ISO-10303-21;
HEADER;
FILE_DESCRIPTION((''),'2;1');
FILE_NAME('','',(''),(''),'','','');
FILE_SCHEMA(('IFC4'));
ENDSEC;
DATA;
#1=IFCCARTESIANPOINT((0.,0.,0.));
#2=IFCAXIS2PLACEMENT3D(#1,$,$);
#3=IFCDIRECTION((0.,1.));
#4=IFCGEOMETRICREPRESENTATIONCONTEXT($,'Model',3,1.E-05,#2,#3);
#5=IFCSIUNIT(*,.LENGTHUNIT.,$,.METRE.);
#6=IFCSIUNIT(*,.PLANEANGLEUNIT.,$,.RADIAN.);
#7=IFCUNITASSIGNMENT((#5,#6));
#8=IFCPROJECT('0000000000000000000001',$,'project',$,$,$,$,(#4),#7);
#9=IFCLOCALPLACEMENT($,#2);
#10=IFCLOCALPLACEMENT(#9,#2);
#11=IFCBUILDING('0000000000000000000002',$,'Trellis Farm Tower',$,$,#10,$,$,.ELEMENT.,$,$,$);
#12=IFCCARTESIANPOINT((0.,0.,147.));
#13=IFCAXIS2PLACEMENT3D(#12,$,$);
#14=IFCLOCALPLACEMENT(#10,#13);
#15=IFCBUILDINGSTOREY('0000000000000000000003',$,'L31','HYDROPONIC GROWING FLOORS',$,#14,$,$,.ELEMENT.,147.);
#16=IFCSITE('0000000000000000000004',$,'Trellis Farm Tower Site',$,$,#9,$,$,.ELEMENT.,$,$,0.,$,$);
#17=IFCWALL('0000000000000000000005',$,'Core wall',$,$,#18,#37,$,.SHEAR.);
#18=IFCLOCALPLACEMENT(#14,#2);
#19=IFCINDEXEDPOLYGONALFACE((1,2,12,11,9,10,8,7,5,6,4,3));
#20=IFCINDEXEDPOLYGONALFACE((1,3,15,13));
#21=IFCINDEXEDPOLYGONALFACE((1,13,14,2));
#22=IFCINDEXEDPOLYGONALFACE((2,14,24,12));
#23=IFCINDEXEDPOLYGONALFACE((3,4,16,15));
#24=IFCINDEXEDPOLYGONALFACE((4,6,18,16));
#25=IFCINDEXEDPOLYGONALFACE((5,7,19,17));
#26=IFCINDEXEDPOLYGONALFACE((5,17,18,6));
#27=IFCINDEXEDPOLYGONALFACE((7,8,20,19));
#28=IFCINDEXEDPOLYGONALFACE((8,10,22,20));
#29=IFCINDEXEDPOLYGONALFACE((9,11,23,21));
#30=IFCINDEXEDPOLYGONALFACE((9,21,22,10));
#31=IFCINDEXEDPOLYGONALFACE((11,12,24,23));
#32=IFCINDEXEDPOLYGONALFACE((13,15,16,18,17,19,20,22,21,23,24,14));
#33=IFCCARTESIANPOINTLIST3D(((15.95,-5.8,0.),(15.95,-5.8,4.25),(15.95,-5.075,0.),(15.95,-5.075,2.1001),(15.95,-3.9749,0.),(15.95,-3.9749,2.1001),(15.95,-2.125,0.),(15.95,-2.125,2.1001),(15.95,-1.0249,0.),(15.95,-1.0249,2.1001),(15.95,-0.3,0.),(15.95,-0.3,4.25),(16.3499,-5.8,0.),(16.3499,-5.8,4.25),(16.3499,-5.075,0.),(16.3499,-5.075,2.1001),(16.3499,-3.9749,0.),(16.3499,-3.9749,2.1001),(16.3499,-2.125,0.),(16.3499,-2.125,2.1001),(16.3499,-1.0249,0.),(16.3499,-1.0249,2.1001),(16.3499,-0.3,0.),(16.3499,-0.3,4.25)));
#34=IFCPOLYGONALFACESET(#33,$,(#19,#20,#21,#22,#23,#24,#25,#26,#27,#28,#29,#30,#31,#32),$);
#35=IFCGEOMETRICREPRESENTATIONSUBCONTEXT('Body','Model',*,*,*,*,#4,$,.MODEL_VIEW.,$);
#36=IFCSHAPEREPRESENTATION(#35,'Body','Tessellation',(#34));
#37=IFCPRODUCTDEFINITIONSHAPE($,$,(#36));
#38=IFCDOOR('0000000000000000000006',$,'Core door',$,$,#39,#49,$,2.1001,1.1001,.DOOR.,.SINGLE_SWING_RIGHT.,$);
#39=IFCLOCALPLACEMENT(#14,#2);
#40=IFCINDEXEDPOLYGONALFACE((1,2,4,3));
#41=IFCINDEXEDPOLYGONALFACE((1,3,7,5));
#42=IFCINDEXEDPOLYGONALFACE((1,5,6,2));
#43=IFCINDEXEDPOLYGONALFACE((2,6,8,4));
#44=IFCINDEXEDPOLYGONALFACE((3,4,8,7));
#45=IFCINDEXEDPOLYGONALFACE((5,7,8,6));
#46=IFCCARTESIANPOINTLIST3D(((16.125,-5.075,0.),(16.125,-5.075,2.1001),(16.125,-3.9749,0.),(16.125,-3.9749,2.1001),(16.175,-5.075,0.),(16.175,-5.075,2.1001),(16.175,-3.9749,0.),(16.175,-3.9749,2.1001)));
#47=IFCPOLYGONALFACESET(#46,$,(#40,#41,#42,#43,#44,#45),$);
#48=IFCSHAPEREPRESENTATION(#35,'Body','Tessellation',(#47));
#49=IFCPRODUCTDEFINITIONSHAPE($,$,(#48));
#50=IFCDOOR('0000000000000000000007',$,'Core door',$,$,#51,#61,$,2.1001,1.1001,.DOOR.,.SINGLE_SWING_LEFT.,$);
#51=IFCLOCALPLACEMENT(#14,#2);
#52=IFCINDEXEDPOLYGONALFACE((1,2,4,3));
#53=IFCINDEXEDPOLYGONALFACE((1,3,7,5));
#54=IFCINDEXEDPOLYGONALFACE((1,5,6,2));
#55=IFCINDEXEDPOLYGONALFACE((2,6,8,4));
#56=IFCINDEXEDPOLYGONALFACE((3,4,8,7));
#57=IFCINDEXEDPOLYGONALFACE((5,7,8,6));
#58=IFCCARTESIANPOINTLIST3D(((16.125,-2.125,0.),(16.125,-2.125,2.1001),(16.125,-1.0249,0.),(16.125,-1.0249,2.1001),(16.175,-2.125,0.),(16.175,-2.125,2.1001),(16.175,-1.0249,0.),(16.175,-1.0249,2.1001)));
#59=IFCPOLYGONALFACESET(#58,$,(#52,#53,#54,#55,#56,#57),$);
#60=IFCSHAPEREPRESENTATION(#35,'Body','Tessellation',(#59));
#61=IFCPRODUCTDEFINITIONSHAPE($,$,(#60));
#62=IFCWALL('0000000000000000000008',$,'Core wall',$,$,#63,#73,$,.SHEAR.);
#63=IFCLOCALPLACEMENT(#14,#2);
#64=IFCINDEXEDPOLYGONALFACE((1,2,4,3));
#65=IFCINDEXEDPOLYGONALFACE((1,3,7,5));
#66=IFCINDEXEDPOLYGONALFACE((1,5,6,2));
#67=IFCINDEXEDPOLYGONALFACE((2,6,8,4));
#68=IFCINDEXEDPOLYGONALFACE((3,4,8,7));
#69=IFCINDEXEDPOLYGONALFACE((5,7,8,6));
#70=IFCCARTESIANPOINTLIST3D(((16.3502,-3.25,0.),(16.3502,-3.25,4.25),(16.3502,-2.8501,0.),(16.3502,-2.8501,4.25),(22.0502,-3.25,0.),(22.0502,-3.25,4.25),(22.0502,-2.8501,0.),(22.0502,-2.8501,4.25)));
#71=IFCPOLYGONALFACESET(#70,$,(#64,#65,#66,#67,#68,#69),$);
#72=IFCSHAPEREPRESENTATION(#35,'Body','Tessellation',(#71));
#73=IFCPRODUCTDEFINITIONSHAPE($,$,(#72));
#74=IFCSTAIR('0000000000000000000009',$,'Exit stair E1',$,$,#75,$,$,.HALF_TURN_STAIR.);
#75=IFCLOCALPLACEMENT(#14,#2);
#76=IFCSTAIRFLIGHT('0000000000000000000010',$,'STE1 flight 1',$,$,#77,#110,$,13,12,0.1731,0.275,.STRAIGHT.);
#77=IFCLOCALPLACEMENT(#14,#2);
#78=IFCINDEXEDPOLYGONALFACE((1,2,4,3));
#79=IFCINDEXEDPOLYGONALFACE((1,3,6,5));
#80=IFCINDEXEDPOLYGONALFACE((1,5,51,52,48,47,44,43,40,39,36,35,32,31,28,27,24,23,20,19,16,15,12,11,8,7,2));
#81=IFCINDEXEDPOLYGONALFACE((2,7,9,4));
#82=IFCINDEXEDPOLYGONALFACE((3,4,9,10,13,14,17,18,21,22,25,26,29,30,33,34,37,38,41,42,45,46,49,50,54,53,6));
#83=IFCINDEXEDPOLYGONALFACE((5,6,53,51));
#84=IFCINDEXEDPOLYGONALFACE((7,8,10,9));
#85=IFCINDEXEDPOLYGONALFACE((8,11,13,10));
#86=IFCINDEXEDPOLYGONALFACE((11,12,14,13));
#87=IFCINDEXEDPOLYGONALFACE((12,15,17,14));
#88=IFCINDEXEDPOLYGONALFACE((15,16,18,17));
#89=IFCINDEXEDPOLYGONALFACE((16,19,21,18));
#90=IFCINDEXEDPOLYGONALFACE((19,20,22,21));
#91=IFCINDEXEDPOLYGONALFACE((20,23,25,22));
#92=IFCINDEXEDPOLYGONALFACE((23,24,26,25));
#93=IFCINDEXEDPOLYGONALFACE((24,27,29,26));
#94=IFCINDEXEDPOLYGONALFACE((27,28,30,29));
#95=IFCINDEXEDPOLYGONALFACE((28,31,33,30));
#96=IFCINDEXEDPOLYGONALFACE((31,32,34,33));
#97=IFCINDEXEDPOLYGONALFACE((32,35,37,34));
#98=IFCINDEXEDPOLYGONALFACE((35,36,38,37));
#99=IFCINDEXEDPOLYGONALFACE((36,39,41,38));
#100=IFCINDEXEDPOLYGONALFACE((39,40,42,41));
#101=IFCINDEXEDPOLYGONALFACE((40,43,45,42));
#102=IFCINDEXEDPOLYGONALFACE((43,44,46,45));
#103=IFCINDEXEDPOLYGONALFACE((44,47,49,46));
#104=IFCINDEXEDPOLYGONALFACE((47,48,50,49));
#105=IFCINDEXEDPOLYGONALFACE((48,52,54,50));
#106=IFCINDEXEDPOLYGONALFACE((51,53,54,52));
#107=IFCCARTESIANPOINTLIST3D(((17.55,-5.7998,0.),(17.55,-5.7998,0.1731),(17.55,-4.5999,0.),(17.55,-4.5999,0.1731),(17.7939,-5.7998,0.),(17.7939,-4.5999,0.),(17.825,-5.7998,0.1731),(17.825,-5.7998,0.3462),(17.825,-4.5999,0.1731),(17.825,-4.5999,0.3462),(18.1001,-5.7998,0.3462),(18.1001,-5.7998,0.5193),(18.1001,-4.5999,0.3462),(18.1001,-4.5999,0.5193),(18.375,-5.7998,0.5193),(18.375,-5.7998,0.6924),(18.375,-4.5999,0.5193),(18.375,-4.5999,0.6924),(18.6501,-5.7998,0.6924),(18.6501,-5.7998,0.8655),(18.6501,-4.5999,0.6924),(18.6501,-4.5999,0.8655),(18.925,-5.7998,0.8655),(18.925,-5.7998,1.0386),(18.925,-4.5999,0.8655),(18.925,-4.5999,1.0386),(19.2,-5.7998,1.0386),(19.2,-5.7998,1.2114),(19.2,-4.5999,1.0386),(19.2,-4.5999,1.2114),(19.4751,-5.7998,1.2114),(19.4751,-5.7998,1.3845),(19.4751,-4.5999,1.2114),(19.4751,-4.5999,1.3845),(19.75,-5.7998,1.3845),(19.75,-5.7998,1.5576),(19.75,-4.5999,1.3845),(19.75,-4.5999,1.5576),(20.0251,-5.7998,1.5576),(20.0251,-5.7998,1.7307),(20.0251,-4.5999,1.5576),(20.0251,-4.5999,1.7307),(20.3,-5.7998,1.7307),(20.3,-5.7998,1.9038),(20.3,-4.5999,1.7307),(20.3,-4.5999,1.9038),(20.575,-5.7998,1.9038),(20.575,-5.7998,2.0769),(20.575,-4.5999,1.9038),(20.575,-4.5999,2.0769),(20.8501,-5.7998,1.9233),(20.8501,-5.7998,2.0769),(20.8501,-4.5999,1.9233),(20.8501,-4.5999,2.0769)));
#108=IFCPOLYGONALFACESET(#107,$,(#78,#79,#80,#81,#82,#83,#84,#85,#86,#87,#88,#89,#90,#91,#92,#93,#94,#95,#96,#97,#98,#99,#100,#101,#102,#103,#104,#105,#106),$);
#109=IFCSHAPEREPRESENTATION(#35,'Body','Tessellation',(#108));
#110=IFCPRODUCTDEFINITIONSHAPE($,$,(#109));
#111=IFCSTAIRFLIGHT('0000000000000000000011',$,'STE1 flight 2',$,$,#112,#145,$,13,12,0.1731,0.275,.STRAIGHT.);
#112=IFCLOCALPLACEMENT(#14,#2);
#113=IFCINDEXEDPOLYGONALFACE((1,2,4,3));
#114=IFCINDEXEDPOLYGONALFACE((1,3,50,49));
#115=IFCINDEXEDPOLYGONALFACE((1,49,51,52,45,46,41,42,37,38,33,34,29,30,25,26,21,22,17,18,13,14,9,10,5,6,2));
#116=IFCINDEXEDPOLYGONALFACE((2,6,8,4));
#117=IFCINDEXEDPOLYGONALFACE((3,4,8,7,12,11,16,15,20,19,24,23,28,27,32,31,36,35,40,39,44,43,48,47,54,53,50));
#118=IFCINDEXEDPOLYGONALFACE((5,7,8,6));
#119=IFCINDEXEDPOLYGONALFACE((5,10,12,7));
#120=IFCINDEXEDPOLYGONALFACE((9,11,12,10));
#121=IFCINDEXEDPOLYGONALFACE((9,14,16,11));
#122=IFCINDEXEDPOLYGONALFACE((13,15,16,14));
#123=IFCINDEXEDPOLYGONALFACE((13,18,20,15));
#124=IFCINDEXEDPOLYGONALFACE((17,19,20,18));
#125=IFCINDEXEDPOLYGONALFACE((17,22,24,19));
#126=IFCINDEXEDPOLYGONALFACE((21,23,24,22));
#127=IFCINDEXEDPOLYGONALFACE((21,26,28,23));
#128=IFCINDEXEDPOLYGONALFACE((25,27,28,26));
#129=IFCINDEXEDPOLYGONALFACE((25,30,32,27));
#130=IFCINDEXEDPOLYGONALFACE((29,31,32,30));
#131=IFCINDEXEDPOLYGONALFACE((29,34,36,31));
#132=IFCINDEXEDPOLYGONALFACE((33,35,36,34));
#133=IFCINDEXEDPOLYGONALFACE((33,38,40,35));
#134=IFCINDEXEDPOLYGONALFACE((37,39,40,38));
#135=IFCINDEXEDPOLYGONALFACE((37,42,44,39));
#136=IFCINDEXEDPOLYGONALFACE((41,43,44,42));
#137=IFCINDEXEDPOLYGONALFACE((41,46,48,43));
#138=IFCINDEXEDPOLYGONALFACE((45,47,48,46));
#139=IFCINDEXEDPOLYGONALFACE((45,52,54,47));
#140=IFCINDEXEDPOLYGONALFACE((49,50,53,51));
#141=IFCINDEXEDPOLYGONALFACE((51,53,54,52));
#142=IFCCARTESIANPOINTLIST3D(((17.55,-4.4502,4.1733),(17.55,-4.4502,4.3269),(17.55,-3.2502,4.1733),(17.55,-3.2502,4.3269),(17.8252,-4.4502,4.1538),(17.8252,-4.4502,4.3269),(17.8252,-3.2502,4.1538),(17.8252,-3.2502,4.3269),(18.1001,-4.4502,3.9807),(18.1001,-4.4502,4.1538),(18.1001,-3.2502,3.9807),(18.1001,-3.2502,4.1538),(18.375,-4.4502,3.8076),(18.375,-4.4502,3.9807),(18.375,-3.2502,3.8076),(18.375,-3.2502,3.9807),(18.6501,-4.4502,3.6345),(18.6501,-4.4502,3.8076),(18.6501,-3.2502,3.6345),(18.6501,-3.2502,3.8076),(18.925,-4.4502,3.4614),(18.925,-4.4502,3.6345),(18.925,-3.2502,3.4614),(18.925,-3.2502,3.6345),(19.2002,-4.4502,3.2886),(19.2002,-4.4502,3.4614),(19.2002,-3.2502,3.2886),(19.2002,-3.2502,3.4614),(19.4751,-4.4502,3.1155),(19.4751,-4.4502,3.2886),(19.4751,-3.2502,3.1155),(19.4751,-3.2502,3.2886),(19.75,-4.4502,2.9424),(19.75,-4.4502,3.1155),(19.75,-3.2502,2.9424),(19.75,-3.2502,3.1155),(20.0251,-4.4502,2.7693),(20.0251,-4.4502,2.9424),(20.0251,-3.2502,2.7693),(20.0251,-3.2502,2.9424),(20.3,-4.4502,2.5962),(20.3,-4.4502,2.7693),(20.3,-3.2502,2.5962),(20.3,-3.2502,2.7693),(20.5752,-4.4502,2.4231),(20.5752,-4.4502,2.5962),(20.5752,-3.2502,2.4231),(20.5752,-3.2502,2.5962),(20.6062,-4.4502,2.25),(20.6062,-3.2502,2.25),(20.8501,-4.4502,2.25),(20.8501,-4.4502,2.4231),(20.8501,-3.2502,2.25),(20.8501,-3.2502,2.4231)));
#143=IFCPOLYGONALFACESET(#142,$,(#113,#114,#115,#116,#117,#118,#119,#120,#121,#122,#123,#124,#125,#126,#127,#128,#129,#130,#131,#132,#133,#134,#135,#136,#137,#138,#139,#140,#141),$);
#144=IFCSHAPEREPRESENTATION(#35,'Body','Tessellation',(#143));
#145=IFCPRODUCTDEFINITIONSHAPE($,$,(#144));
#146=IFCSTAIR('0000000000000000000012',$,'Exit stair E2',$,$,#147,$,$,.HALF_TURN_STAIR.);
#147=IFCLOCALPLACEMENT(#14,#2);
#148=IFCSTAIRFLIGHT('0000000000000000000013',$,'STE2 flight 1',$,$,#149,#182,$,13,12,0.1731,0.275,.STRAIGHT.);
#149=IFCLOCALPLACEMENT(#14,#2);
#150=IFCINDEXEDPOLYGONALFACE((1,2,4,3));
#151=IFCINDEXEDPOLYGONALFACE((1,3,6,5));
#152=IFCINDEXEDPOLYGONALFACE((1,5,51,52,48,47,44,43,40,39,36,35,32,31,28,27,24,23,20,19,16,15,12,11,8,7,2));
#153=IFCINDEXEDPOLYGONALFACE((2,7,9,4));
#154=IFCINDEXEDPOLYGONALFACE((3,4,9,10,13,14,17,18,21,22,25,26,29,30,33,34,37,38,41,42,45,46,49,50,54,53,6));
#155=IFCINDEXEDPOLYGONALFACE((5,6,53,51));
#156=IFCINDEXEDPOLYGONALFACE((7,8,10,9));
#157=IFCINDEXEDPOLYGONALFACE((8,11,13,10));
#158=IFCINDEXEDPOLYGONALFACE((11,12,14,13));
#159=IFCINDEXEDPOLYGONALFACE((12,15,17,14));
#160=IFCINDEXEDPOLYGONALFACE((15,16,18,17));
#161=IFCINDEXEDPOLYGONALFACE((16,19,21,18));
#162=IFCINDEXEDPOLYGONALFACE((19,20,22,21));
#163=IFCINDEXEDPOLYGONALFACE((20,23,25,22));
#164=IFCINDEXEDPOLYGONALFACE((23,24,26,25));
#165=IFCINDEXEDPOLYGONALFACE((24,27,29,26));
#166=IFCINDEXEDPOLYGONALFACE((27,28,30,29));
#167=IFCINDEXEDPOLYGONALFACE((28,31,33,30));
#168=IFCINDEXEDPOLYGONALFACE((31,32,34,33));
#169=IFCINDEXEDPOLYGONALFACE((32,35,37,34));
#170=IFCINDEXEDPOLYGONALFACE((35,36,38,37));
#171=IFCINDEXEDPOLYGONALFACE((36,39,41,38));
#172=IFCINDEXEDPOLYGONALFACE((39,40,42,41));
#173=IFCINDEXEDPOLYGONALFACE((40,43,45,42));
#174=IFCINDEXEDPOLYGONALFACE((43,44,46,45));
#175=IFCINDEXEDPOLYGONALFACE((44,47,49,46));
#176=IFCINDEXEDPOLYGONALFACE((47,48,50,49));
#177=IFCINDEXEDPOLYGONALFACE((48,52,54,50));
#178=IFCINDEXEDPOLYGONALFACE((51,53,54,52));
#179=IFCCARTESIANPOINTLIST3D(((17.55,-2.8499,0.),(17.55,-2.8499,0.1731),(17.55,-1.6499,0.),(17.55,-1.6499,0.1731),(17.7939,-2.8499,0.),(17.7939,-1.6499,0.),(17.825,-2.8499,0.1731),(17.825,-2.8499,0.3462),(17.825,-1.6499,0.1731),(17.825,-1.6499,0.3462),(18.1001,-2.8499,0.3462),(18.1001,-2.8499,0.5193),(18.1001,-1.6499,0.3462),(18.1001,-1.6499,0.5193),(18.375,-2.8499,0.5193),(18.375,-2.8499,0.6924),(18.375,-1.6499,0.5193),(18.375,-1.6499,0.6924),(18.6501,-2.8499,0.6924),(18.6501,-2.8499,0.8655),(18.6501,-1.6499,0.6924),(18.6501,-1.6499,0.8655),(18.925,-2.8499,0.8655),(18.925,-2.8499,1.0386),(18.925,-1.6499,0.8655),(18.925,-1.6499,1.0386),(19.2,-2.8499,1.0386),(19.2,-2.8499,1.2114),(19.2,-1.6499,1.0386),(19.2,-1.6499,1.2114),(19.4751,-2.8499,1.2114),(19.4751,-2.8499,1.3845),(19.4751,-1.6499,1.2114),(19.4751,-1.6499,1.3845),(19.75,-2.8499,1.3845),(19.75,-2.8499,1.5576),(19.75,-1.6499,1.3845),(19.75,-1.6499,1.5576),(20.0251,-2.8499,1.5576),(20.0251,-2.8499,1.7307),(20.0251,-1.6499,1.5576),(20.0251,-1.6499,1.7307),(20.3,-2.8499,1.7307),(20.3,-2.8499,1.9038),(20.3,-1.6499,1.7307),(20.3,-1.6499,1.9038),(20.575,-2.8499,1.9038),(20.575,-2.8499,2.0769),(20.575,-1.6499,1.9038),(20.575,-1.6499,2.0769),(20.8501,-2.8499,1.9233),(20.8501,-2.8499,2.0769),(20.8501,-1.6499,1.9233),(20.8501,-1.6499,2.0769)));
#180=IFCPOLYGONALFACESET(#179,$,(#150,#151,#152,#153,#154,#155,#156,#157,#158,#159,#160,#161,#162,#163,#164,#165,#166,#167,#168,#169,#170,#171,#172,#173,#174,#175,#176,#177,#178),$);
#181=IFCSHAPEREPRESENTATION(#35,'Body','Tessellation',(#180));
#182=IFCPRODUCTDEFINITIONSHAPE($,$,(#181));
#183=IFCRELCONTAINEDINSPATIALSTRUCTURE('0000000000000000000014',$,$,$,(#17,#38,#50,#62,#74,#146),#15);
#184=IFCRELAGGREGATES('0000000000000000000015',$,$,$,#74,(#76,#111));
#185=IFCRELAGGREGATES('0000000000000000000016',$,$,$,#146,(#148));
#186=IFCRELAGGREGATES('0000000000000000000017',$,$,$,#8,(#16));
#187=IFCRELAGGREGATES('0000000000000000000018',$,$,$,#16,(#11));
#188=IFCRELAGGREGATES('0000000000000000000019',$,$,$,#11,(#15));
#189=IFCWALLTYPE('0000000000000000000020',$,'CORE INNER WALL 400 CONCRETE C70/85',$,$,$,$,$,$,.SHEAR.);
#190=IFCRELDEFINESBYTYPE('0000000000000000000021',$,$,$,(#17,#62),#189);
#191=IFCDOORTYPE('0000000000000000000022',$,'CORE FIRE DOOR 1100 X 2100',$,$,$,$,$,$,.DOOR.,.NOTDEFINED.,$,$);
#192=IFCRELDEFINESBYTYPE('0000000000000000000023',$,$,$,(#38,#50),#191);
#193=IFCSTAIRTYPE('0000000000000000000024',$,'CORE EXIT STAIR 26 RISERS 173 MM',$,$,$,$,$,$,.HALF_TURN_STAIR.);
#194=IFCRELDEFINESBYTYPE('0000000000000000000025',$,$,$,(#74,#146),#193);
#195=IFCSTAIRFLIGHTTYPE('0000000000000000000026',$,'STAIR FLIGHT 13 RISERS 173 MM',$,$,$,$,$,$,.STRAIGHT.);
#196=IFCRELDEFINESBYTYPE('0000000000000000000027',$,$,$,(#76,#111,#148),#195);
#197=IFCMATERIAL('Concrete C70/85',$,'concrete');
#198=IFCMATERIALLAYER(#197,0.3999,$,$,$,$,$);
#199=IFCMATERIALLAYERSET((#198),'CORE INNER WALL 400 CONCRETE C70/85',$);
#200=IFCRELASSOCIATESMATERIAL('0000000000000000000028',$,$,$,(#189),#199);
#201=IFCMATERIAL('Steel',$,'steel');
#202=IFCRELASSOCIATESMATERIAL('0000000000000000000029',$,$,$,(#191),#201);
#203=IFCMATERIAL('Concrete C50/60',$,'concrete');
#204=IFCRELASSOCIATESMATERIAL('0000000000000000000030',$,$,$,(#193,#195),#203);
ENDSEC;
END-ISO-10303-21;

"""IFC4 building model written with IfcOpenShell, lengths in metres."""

from ifc_helpers import new_model, si_unit, direction, frame, frame_2d, origin, place, context, subcontext, project, spatial, polyline, rectangle, outline, extrude, source, transform, mapped, material, layer, layer_set, type_object, element, fill, aggregate, save


model = new_model("IFC4")

# Units and contexts
model_context = context("Model", 3, precision=1e-05, world=origin(), true_north=direction((0.0, 1.0)))
body_context = subcontext(model_context, "Body", "Model", "MODEL_VIEW")
ifc_project = project(units=[si_unit("LENGTHUNIT", "METRE"), si_unit("PLANEANGLEUNIT", "RADIAN")], contexts=[model_context])

# Site, building, storey
site_placement = place(None, origin())
site = spatial("IfcSite", under=ifc_project, at=site_placement, Name="Trellis Farm Tower Site", CompositionType="ELEMENT", RefElevation=0.0)
building_placement = place(site_placement, origin())
building = spatial("IfcBuilding", under=site, at=building_placement, Name="Trellis Farm Tower", CompositionType="ELEMENT")
storey_placement = place(building_placement, frame((0.0, 0.0, 147.0)))
storey = spatial("IfcBuildingStorey", under=building, at=storey_placement, Name="L31", Description="HYDROPONIC GROWING FLOORS", CompositionType="ELEMENT", Elevation=147.0)

# Shared definitions
placement = place(storey_placement, origin())

# Shared definitions
ifc_material_1 = material(Name="Concrete C70/85", Category="concrete")
ifc_layer_1 = layer(ifc_material_1, 0.3999)
ifc_layer_set_1 = layer_set([ifc_layer_1], Name="CORE INNER WALL 400 CONCRETE C70/85")
wall_type_1 = type_object("IfcWallType", Name="CORE INNER WALL 400 CONCRETE C70/85", PredefinedType="SHEAR", material=ifc_layer_set_1)

# Shared definitions
ifc_material_2 = material(Name="Steel", Category="steel")

# Wall, openings, doors
shared_shape_1 = source(origin(), body_context, "Body", "SweptSolid", [
    extrude(rectangle(XDim=5.5, YDim=0.3999, at=frame_2d((2.75, 0.0))), origin(), (0.0, 0.0, 1.0), 4.25),
])
wall_1_placement = place(storey_placement, frame((16.1499, -5.8, 0.0), z_axis=(0.0, 0.0, 1.0), x_axis=(0.0, 1.0, 0.0)))
wall_1 = element("IfcWall", 1, at=wall_1_placement, inside=storey, type_object=wall_type_1, Name="Core wall", PredefinedType="SHEAR", context=body_context, shape_type="MappedRepresentation", body=[
    mapped(shared_shape_1, transform((0.0, 0.0, 0.0))),
])
shared_shape_2 = source(origin(), body_context, "Body", "SweptSolid", [
    extrude(rectangle(XDim=1.1001, YDim=2.1001, at=frame_2d((0.55, 1.05))), frame((0.0, 0.21, 0.0), z_axis=(0.0, -1.0, 0.0), x_axis=(1.0, 0.0, 0.0)), (0.0, 0.0, 1.0), 0.4199),
])
opening_1_placement = place(wall_1_placement, frame((0.7251, 0.0, 0.0)))
opening_1 = element("IfcOpeningElement", 2, at=opening_1_placement, cuts=wall_1, PredefinedType="OPENING", context=body_context, shape_type="MappedRepresentation", body=[
    mapped(shared_shape_2, transform((0.0, 0.0, 0.0))),
])
opening_2_placement = place(wall_1_placement, frame((3.675, 0.0, 0.0)))
opening_2 = element("IfcOpeningElement", 3, at=opening_2_placement, cuts=wall_1, PredefinedType="OPENING", context=body_context, shape_type="MappedRepresentation", body=[
    mapped(shared_shape_2, transform((0.0, 0.0, 0.0))),
])
door_type_1 = type_object("IfcDoorType", Name="CORE FIRE DOOR 1100 X 2100", OperationType="NOTDEFINED", PredefinedType="DOOR", material=ifc_material_2)
shared_shape_3 = source(origin(), body_context, "Body", "SweptSolid", [
    extrude(rectangle(XDim=1.1001, YDim=2.1001, at=frame_2d((0.55, 1.05))), frame((0.0, 0.0249, 0.0), z_axis=(0.0, -1.0, 0.0), x_axis=(1.0, 0.0, 0.0)), (0.0, 0.0, 1.0), 0.05),
])
door_1_placement = place(opening_1_placement, origin())
door_1 = element("IfcDoor", 4, at=door_1_placement, inside=storey, type_object=door_type_1, Name="Core door", OperationType="SINGLE_SWING_RIGHT", OverallHeight=2.1001, OverallWidth=1.1001, PredefinedType="DOOR", context=body_context, shape_type="MappedRepresentation", body=[
    mapped(shared_shape_3, transform((0.0, 0.0, 0.0))),
])
fill(opening_1, door_1)
door_2_placement = place(opening_2_placement, origin())
door_2 = element("IfcDoor", 5, at=door_2_placement, inside=storey, type_object=door_type_1, Name="Core door", OperationType="SINGLE_SWING_LEFT", OverallHeight=2.1001, OverallWidth=1.1001, PredefinedType="DOOR", context=body_context, shape_type="MappedRepresentation", body=[
    mapped(shared_shape_3, transform((0.0, 0.0, 0.0))),
])
fill(opening_2, door_2)

# Wall
shared_shape_4 = source(origin(), body_context, "Body", "SweptSolid", [
    extrude(rectangle(XDim=5.7, YDim=0.3999, at=frame_2d((2.8501, 0.0))), origin(), (0.0, 0.0, 1.0), 4.25),
])
wall_2_placement = place(storey_placement, frame((16.3501, -3.05, 0.0), z_axis=(0.0, 0.0, 1.0), x_axis=(1.0, 0.0, 0.0)))
element("IfcWall", 6, at=wall_2_placement, inside=storey, type_object=wall_type_1, Name="Core wall", PredefinedType="SHEAR", context=body_context, shape_type="MappedRepresentation", body=[
    mapped(shared_shape_4, transform((0.0, 0.0, 0.0))),
])

# Stairs, stair flights
ifc_material_3 = material(Name="Concrete C50/60", Category="concrete")
stair_type = type_object("IfcStairType", Name="CORE EXIT STAIR 26 RISERS 173 MM", PredefinedType="HALF_TURN_STAIR", material=ifc_material_3)
stair_1 = element("IfcStair", 7, at=placement, inside=storey, type_object=stair_type, Name="Exit stair E1", PredefinedType="HALF_TURN_STAIR")
stair_flight_type = type_object("IfcStairFlightType", Name="STAIR FLIGHT 13 RISERS 173 MM", PredefinedType="STRAIGHT", material=ifc_material_3)
shared_shape_5 = source(origin(), body_context, "Body", "SweptSolid", [
    extrude(outline(polyline([(0.0, 0.0), (0.0, 0.1731), (0.2749, 0.1731), (0.2749, 0.3462), (0.55, 0.3462), (0.55, 0.5193), (0.825, 0.5193), (0.825, 0.6924), (1.1001, 0.6924), (1.1001, 0.8655), (1.375, 0.8655), (1.375, 1.0386), (1.6499, 1.0386), (1.6499, 1.2114), (1.925, 1.2114), (1.925, 1.3845), (2.2, 1.3845), (2.2, 1.5576), (2.4751, 1.5576), (2.4751, 1.7307), (2.75, 1.7307), (2.75, 1.9038), (3.0249, 1.9038), (3.0249, 2.0769), (3.3, 2.0769), (3.3, 2.25), (3.3, 1.9233), (0.2439, 0.0), (0.0, 0.0)])), frame((0.0, 0.6001, 0.0), z_axis=(0.0, -1.0, 0.0), x_axis=(1.0, 0.0, 0.0)), (0.0, 0.0, 1.0), 1.2),
])
stair_flight_1_placement = place(storey_placement, frame((17.55, -5.2, 0.0), z_axis=(0.0, 0.0, 1.0), x_axis=(1.0, 0.0, 0.0)))
stair_flight_1 = element("IfcStairFlight", 8, at=stair_flight_1_placement, type_object=stair_flight_type, Name="STE1 flight 1", NumberOfRisers=13, NumberOfTreads=12, PredefinedType="STRAIGHT", RiserHeight=0.1731, TreadLength=0.275, context=body_context, shape_type="MappedRepresentation", body=[
    mapped(shared_shape_5, transform((0.0, 0.0, 0.0))),
])
stair_flight_2_placement = place(storey_placement, frame((20.8501, -3.8501, 2.25), z_axis=(0.0, 0.0, 1.0), x_axis=(-1.0, 0.0, 0.0)))
stair_flight_2 = element("IfcStairFlight", 9, at=stair_flight_2_placement, type_object=stair_flight_type, Name="STE1 flight 2", NumberOfRisers=13, NumberOfTreads=12, PredefinedType="STRAIGHT", RiserHeight=0.1731, TreadLength=0.275, context=body_context, shape_type="MappedRepresentation", body=[
    mapped(shared_shape_5, transform((0.0, 0.0, 0.0))),
])
aggregate(stair_1, [stair_flight_1, stair_flight_2])
stair_2 = element("IfcStair", 10, at=placement, inside=storey, type_object=stair_type, Name="Exit stair E2", PredefinedType="HALF_TURN_STAIR")
stair_flight_3_placement = place(storey_placement, frame((17.55, -2.25, 0.0), z_axis=(0.0, 0.0, 1.0), x_axis=(1.0, 0.0, 0.0)))
stair_flight_3 = element("IfcStairFlight", 11, at=stair_flight_3_placement, type_object=stair_flight_type, Name="STE2 flight 1", NumberOfRisers=13, NumberOfTreads=12, PredefinedType="STRAIGHT", RiserHeight=0.1731, TreadLength=0.275, context=body_context, shape_type="MappedRepresentation", body=[
    mapped(shared_shape_5, transform((0.0, 0.0, 0.0))),
])
aggregate(stair_2, [stair_flight_3])

save(model, "model.ifc")
